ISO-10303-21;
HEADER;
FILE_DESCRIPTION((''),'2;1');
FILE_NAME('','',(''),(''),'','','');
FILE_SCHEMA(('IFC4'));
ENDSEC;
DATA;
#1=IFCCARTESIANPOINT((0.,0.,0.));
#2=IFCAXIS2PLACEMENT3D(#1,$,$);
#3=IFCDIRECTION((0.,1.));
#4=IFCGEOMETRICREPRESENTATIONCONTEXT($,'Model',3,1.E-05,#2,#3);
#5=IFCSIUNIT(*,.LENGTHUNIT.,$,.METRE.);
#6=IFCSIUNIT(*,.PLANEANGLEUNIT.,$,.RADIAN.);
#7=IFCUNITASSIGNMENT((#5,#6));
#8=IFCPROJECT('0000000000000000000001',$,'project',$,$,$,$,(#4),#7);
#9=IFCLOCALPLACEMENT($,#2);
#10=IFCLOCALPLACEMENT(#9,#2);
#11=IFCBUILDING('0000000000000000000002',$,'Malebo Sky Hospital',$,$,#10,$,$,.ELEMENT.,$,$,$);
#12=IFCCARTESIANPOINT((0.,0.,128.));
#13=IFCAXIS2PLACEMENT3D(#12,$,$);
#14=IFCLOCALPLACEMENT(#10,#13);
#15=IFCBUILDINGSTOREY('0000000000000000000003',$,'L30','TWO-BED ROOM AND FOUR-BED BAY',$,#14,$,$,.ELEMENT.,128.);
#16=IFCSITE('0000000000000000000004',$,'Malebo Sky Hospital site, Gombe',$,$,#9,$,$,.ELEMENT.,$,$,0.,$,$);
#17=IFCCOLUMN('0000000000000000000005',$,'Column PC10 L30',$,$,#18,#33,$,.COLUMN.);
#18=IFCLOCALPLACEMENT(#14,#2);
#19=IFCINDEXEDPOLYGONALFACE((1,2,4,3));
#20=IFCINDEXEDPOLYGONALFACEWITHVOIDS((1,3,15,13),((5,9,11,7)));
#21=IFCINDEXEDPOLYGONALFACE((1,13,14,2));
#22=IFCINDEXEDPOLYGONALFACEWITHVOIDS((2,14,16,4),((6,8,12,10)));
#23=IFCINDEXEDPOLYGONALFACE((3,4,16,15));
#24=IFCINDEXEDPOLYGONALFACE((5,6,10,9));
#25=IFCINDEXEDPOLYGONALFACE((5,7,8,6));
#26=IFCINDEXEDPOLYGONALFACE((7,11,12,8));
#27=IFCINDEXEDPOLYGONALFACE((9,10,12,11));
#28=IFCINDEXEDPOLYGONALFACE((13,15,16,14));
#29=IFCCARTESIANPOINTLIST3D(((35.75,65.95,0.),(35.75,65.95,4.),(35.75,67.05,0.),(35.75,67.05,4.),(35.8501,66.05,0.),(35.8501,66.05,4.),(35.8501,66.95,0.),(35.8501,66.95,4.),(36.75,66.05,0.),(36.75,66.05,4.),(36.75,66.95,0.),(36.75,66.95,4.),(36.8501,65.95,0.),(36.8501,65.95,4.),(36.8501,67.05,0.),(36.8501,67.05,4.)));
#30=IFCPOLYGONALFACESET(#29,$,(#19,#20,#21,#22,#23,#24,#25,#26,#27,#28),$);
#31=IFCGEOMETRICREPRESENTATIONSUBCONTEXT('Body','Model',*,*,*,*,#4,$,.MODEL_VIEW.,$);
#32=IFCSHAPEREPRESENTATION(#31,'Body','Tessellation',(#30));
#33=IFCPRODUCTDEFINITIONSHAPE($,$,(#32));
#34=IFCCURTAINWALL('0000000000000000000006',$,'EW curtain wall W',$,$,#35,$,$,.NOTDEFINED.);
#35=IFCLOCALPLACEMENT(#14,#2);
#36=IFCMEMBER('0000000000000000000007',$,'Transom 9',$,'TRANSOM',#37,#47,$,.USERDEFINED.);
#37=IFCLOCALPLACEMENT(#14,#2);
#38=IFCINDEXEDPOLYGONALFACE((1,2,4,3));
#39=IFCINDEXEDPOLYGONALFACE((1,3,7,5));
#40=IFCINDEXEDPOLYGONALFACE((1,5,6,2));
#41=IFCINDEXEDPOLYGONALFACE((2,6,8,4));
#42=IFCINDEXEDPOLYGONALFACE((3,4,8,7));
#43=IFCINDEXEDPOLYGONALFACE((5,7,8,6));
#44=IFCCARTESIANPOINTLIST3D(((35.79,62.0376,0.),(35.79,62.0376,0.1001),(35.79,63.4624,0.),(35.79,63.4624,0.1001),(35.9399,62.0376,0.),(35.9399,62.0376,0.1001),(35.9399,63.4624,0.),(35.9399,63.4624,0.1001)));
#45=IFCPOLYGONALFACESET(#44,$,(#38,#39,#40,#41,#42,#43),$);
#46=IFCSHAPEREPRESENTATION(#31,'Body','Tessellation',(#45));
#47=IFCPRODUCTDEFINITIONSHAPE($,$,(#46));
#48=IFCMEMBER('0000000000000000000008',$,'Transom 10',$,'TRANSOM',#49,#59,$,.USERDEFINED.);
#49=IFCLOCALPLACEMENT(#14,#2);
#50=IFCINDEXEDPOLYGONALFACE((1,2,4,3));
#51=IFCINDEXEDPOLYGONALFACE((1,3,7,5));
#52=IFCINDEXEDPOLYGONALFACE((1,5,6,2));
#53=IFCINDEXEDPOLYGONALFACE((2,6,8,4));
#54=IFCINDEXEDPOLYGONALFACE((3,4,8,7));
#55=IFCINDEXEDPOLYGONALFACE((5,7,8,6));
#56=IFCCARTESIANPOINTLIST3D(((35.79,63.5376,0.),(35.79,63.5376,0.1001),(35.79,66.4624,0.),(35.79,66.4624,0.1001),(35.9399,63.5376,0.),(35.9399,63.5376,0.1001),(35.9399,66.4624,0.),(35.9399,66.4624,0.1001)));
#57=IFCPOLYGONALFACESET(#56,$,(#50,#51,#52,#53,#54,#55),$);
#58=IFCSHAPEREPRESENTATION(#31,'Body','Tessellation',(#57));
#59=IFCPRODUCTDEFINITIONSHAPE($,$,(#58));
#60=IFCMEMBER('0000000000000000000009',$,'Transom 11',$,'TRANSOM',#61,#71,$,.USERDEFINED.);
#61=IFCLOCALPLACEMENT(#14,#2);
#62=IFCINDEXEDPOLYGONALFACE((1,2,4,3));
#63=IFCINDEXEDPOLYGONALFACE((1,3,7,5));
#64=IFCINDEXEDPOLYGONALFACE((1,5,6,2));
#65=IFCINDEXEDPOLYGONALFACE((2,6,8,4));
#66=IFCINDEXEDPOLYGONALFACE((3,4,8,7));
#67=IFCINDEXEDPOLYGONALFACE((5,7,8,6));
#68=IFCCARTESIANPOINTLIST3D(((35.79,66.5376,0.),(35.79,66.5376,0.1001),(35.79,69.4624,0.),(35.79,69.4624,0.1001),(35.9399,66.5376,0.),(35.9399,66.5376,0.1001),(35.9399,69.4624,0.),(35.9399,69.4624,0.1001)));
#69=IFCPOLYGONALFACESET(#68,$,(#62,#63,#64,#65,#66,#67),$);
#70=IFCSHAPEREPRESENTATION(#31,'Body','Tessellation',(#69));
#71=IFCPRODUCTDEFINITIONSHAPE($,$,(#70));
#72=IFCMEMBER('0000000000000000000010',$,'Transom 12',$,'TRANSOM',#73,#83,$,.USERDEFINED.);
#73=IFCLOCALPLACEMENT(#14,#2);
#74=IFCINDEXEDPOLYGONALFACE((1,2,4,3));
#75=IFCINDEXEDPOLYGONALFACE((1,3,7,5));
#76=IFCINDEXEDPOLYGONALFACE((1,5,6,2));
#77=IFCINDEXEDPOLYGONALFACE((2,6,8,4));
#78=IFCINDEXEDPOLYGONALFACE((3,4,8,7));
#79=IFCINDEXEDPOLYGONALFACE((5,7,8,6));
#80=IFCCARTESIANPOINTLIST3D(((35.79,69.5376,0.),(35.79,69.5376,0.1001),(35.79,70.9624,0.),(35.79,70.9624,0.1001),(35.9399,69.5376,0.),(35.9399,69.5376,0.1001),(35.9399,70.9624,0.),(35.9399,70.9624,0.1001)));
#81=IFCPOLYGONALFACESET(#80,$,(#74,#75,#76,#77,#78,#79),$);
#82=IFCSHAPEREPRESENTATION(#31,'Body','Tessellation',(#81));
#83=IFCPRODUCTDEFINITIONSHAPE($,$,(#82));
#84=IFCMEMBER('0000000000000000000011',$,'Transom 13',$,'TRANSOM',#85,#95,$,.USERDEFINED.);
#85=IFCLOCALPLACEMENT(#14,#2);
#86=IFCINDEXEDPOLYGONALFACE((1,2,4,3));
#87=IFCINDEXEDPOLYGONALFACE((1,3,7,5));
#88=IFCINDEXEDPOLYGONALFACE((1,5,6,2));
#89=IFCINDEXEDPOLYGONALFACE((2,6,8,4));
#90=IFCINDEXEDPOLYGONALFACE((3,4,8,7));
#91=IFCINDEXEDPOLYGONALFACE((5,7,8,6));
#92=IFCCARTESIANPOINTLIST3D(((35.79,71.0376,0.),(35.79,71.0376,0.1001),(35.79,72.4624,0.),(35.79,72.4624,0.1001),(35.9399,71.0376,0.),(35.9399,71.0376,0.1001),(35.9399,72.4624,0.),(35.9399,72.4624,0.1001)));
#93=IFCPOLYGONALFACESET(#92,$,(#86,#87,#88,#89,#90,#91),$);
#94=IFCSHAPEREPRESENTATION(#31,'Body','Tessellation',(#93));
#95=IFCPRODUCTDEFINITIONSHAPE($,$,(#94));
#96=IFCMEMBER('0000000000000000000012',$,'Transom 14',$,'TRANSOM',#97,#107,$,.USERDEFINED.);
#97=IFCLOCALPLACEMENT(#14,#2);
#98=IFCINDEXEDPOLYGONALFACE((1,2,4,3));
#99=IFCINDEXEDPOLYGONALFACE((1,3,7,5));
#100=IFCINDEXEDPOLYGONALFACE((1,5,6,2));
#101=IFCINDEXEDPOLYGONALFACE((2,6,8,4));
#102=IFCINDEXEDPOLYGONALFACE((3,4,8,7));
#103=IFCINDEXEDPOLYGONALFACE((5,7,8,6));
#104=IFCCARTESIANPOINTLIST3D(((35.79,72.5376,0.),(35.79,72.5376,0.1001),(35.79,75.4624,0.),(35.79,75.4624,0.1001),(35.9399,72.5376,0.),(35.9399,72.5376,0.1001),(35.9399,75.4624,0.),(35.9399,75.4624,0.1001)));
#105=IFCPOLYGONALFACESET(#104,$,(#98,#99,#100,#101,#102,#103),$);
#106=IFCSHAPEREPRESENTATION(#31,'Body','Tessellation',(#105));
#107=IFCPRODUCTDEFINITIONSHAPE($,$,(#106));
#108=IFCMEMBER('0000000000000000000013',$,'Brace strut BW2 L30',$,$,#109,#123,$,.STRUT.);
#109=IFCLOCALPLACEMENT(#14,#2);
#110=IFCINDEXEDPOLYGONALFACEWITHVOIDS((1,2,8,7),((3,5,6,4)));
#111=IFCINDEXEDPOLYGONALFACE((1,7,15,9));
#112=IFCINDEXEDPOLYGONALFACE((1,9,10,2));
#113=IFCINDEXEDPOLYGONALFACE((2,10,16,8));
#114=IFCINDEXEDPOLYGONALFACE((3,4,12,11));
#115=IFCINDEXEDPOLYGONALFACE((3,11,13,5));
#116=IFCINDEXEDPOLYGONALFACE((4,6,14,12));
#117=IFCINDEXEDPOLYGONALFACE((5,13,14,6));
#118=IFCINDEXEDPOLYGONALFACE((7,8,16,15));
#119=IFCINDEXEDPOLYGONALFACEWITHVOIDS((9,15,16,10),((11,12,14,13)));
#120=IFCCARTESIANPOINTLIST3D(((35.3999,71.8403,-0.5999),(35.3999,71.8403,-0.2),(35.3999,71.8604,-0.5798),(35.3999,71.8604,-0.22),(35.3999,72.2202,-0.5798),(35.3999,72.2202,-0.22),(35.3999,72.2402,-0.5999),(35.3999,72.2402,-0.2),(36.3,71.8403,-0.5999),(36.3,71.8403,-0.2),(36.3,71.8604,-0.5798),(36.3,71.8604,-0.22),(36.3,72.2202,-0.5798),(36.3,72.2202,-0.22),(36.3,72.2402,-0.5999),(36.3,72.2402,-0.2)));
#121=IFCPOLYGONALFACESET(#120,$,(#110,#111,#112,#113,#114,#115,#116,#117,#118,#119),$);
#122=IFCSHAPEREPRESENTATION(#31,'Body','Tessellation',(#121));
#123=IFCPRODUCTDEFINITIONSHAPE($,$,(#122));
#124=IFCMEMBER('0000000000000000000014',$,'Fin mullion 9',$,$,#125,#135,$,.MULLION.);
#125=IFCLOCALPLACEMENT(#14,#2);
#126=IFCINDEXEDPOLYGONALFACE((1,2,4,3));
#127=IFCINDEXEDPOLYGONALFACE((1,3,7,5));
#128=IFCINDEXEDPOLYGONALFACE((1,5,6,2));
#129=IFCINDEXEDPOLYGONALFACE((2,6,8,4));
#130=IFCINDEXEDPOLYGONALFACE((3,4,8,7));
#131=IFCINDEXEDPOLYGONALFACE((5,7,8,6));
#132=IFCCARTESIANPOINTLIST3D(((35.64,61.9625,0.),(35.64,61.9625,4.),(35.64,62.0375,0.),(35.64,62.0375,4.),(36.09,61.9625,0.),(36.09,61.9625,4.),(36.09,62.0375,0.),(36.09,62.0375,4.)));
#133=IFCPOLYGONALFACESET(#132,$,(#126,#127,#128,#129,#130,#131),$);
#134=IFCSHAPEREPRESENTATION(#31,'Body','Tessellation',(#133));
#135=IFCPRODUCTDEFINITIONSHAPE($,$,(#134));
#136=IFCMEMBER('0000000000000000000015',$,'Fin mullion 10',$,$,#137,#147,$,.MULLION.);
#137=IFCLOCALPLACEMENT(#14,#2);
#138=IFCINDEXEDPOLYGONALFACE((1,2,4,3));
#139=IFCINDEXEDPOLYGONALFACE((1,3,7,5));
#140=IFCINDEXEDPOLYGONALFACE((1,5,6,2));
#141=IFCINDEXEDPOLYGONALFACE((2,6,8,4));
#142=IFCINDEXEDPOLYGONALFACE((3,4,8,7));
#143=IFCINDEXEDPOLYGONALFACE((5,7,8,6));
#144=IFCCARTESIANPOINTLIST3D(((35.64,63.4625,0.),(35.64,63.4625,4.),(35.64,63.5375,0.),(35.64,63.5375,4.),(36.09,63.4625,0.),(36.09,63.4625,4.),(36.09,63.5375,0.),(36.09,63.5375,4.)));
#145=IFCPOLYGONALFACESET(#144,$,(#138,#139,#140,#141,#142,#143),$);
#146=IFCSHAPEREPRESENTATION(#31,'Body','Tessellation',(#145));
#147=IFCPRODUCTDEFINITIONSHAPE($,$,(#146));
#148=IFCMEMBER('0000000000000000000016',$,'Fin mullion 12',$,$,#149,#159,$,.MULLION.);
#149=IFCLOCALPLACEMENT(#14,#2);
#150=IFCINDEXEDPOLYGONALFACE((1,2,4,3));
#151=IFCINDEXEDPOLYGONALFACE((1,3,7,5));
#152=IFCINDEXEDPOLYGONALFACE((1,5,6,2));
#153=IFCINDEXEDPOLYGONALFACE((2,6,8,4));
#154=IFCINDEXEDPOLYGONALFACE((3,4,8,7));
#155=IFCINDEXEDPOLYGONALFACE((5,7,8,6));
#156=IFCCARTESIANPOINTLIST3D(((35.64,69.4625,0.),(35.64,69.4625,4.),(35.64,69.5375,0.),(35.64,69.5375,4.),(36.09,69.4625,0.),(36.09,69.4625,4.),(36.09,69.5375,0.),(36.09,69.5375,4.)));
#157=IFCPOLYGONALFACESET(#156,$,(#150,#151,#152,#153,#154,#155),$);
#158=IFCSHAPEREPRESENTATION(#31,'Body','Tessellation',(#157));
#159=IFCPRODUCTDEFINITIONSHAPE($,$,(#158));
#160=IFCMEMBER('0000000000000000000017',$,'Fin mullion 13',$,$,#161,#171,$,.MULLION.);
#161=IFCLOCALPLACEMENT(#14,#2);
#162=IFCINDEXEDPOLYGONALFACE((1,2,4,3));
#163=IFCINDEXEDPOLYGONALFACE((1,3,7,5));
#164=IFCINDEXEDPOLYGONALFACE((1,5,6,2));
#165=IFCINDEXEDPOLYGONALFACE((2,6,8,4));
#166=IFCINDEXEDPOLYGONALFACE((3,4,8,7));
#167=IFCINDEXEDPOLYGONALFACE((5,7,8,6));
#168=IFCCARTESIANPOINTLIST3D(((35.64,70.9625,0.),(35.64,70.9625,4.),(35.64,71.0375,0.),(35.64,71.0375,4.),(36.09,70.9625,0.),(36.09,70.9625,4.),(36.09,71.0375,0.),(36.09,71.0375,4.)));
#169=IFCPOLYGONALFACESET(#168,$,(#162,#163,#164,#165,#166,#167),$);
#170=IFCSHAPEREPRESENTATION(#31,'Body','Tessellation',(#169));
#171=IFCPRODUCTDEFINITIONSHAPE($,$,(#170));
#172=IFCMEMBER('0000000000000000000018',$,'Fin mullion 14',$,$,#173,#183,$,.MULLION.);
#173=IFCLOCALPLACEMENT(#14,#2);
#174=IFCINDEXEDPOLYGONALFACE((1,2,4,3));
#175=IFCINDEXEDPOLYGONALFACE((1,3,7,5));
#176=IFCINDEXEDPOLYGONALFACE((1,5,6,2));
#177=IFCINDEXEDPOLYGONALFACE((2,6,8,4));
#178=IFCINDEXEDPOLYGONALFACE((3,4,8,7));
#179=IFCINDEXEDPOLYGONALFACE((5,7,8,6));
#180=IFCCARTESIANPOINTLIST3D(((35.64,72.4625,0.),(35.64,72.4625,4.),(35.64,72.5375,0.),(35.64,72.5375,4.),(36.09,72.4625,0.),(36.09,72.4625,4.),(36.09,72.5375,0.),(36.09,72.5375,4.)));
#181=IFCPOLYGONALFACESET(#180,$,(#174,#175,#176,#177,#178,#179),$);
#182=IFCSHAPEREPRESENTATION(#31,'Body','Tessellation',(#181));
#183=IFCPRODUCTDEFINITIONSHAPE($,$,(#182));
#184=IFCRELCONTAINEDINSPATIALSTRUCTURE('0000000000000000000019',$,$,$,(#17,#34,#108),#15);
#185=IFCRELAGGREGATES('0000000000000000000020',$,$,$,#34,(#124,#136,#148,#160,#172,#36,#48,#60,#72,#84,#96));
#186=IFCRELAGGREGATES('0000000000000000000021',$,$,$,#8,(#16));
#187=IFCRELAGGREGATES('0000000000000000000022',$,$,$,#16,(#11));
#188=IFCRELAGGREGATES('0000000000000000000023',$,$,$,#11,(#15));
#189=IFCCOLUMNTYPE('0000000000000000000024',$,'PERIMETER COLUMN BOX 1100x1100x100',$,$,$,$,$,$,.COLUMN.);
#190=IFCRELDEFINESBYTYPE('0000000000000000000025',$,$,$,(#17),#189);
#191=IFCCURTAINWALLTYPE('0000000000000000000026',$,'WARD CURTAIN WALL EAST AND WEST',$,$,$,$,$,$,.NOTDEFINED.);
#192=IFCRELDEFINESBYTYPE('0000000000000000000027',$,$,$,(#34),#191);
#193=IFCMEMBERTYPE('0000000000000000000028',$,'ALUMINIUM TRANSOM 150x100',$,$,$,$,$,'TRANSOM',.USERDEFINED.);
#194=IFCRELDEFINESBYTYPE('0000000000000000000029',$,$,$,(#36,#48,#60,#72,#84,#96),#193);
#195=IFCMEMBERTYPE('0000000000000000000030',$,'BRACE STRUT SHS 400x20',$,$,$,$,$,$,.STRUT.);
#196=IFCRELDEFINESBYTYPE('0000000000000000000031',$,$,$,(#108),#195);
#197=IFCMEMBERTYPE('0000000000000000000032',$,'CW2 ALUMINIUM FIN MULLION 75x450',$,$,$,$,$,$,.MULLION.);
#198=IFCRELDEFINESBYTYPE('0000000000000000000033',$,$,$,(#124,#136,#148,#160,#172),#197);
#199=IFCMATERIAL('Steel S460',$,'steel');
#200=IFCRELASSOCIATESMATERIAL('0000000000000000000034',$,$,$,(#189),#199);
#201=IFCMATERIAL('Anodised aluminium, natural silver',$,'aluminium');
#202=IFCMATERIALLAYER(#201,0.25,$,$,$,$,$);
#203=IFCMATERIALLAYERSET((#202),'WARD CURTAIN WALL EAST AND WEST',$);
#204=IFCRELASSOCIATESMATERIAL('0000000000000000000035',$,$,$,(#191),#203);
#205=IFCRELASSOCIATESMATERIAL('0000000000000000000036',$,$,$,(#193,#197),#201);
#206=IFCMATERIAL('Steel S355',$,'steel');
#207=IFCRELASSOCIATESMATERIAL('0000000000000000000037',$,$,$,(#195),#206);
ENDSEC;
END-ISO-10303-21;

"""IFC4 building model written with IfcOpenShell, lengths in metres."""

from ifc_helpers import new_model, si_unit, direction, frame, origin, origin_2d, place, context, subcontext, project, spatial, rectangle, hollow_rectangle, extrude, material, layer, layer_set, material_profile, profile_set, type_object, element, aggregate, save


model = new_model("IFC4")

# Units and contexts
model_context = context("Model", 3, precision=1e-05, world=origin(), true_north=direction((0.0, 1.0)))
body_context = subcontext(model_context, "Body", "Model", "MODEL_VIEW")
ifc_project = project(units=[si_unit("LENGTHUNIT", "METRE"), si_unit("PLANEANGLEUNIT", "RADIAN")], contexts=[model_context])

# Site, building, storey
site_placement = place(None, origin())
site = spatial("IfcSite", under=ifc_project, at=site_placement, Name="Malebo Sky Hospital site, Gombe", CompositionType="ELEMENT", RefElevation=0.0)
building_placement = place(site_placement, origin())
building = spatial("IfcBuilding", under=site, at=building_placement, Name="Malebo Sky Hospital", CompositionType="ELEMENT")
storey_placement = place(building_placement, frame((0.0, 0.0, 128.0)))
storey = spatial("IfcBuildingStorey", under=building, at=storey_placement, Name="L30", Description="TWO-BED ROOM AND FOUR-BED BAY", CompositionType="ELEMENT", Elevation=128.0)

# Column
ifc_material_1 = material(Name="Steel S460", Category="steel")
ifc_material_profile_1 = material_profile(ifc_material_1, hollow_rectangle(XDim=1.1001, YDim=1.1001, WallThickness=0.1001, at=origin_2d()), Name="BOX 1100x1100x100")
ifc_profile_set_1 = profile_set([ifc_material_profile_1], Name="Steel S460")
column_type = type_object("IfcColumnType", Name="PERIMETER COLUMN BOX 1100x1100x100", PredefinedType="COLUMN", material=ifc_profile_set_1)
column_placement = place(storey_placement, frame((36.3, 66.5, 0.0), z_axis=(0.0, 0.0, 1.0), x_axis=(1.0, 0.0, 0.0)))
element("IfcColumn", 1, at=column_placement, inside=storey, type_object=column_type, Name="Column PC10 L30", PredefinedType="COLUMN", context=body_context, shape_type="SweptSolid", body=[
    extrude(hollow_rectangle(XDim=1.1001, YDim=1.1001, WallThickness=0.1001, at=origin_2d()), origin(), (0.0, 0.0, 1.0), 4.0),
])

# Curtain wall, members
ifc_material_2 = material(Name="Anodised aluminium, natural silver", Category="aluminium")
ifc_layer_1 = layer(ifc_material_2, 0.25)
ifc_layer_set_1 = layer_set([ifc_layer_1], Name="WARD CURTAIN WALL EAST AND WEST")
curtain_wall_type = type_object("IfcCurtainWallType", Name="WARD CURTAIN WALL EAST AND WEST", PredefinedType="NOTDEFINED", material=ifc_layer_set_1)
curtain_wall_placement = place(storey_placement, origin())
curtain_wall = element("IfcCurtainWall", 2, at=curtain_wall_placement, inside=storey, type_object=curtain_wall_type, Name="EW curtain wall W", PredefinedType="NOTDEFINED")
ifc_material_profile_2 = material_profile(ifc_material_2, rectangle(XDim=0.1499, YDim=0.1001, at=origin_2d()), Name="ALUMINIUM TRANSOM 150x100")
ifc_profile_set_2 = profile_set([ifc_material_profile_2], Name="Anodised aluminium, natural silver")
member_type_1 = type_object("IfcMemberType", Name="ALUMINIUM TRANSOM 150x100", ElementType="TRANSOM", PredefinedType="USERDEFINED", material=ifc_profile_set_2)
member_1_placement = place(storey_placement, frame((35.865, 62.0376, 0.05), z_axis=(0.0, 1.0, 0.0), x_axis=(-1.0, 0.0, 0.0)))
member_1 = element("IfcMember", 3, at=member_1_placement, type_object=member_type_1, Name="Transom 9", ObjectType="TRANSOM", PredefinedType="USERDEFINED", context=body_context, shape_type="SweptSolid", body=[
    extrude(rectangle(XDim=0.1499, YDim=0.1001, at=origin_2d()), origin(), (0.0, 0.0, 1.0), 1.4248),
])
member_2_placement = place(storey_placement, frame((35.865, 63.5376, 0.05), z_axis=(0.0, 1.0, 0.0), x_axis=(-1.0, 0.0, 0.0)))
member_2 = element("IfcMember", 4, at=member_2_placement, type_object=member_type_1, Name="Transom 10", ObjectType="TRANSOM", PredefinedType="USERDEFINED", context=body_context, shape_type="SweptSolid", body=[
    extrude(rectangle(XDim=0.1499, YDim=0.1001, at=origin_2d()), origin(), (0.0, 0.0, 1.0), 2.9248),
])
member_3_placement = place(storey_placement, frame((35.865, 66.5376, 0.05), z_axis=(0.0, 1.0, 0.0), x_axis=(-1.0, 0.0, 0.0)))
member_3 = element("IfcMember", 5, at=member_3_placement, type_object=member_type_1, Name="Transom 11", ObjectType="TRANSOM", PredefinedType="USERDEFINED", context=body_context, shape_type="SweptSolid", body=[
    extrude(rectangle(XDim=0.1499, YDim=0.1001, at=origin_2d()), origin(), (0.0, 0.0, 1.0), 2.9248),
])
member_4_placement = place(storey_placement, frame((35.865, 69.5376, 0.05), z_axis=(0.0, 1.0, 0.0), x_axis=(-1.0, 0.0, 0.0)))
member_4 = element("IfcMember", 6, at=member_4_placement, type_object=member_type_1, Name="Transom 12", ObjectType="TRANSOM", PredefinedType="USERDEFINED", context=body_context, shape_type="SweptSolid", body=[
    extrude(rectangle(XDim=0.1499, YDim=0.1001, at=origin_2d()), origin(), (0.0, 0.0, 1.0), 1.4248),
])
member_5_placement = place(storey_placement, frame((35.865, 71.0376, 0.05), z_axis=(0.0, 1.0, 0.0), x_axis=(-1.0, 0.0, 0.0)))
member_5 = element("IfcMember", 7, at=member_5_placement, type_object=member_type_1, Name="Transom 13", ObjectType="TRANSOM", PredefinedType="USERDEFINED", context=body_context, shape_type="SweptSolid", body=[
    extrude(rectangle(XDim=0.1499, YDim=0.1001, at=origin_2d()), origin(), (0.0, 0.0, 1.0), 1.4248),
])
member_6_placement = place(storey_placement, frame((35.865, 72.5376, 0.05), z_axis=(0.0, 1.0, 0.0), x_axis=(-1.0, 0.0, 0.0)))
member_6 = element("IfcMember", 8, at=member_6_placement, type_object=member_type_1, Name="Transom 14", ObjectType="TRANSOM", PredefinedType="USERDEFINED", context=body_context, shape_type="SweptSolid", body=[
    extrude(rectangle(XDim=0.1499, YDim=0.1001, at=origin_2d()), origin(), (0.0, 0.0, 1.0), 2.9248),
])

# Members
ifc_material_3 = material(Name="Steel S355", Category="steel")
ifc_material_profile_3 = material_profile(ifc_material_3, hollow_rectangle(XDim=0.3999, YDim=0.3999, WallThickness=0.02, at=origin_2d()), Name="SHS 400x20")
ifc_profile_set_3 = profile_set([ifc_material_profile_3], Name="Steel S355")
member_type_2 = type_object("IfcMemberType", Name="BRACE STRUT SHS 400x20", PredefinedType="STRUT", material=ifc_profile_set_3)
member_7_placement = place(storey_placement, frame((35.3999, 72.0403, -0.3999), z_axis=(1.0, 0.0, 0.0), x_axis=(0.0, 1.0, 0.0)))
element("IfcMember", 9, at=member_7_placement, inside=storey, type_object=member_type_2, Name="Brace strut BW2 L30", PredefinedType="STRUT", context=body_context, shape_type="SweptSolid", body=[
    extrude(hollow_rectangle(XDim=0.3999, YDim=0.3999, WallThickness=0.02, at=origin_2d()), origin(), (0.0, 0.0, 1.0), 0.9001),
])
ifc_material_profile_4 = material_profile(ifc_material_2, rectangle(XDim=0.075, YDim=0.45, at=origin_2d()), Name="CW2 ALUMINIUM FIN MULLION 75x450")
ifc_profile_set_4 = profile_set([ifc_material_profile_4], Name="Anodised aluminium, natural silver")
member_type_3 = type_object("IfcMemberType", Name="CW2 ALUMINIUM FIN MULLION 75x450", PredefinedType="MULLION", material=ifc_profile_set_4)
member_8_placement = place(storey_placement, frame((35.865, 62.0, 0.0), z_axis=(0.0, 0.0, 1.0), x_axis=(0.0, 1.0, 0.0)))
member_8 = element("IfcMember", 10, at=member_8_placement, type_object=member_type_3, Name="Fin mullion 9", PredefinedType="MULLION", context=body_context, shape_type="SweptSolid", body=[
    extrude(rectangle(XDim=0.075, YDim=0.45, at=origin_2d()), origin(), (0.0, 0.0, 1.0), 4.0),
])
member_9_placement = place(storey_placement, frame((35.865, 63.5, 0.0), z_axis=(0.0, 0.0, 1.0), x_axis=(0.0, 1.0, 0.0)))
member_9 = element("IfcMember", 11, at=member_9_placement, type_object=member_type_3, Name="Fin mullion 10", PredefinedType="MULLION", context=body_context, shape_type="SweptSolid", body=[
    extrude(rectangle(XDim=0.075, YDim=0.45, at=origin_2d()), origin(), (0.0, 0.0, 1.0), 4.0),
])
member_10_placement = place(storey_placement, frame((35.865, 69.5, 0.0), z_axis=(0.0, 0.0, 1.0), x_axis=(0.0, 1.0, 0.0)))
member_10 = element("IfcMember", 12, at=member_10_placement, type_object=member_type_3, Name="Fin mullion 12", PredefinedType="MULLION", context=body_context, shape_type="SweptSolid", body=[
    extrude(rectangle(XDim=0.075, YDim=0.45, at=origin_2d()), origin(), (0.0, 0.0, 1.0), 4.0),
])
member_11_placement = place(storey_placement, frame((35.865, 71.0, 0.0), z_axis=(0.0, 0.0, 1.0), x_axis=(0.0, 1.0, 0.0)))
member_11 = element("IfcMember", 13, at=member_11_placement, type_object=member_type_3, Name="Fin mullion 13", PredefinedType="MULLION", context=body_context, shape_type="SweptSolid", body=[
    extrude(rectangle(XDim=0.075, YDim=0.45, at=origin_2d()), origin(), (0.0, 0.0, 1.0), 4.0),
])
member_12_placement = place(storey_placement, frame((35.865, 72.5, 0.0), z_axis=(0.0, 0.0, 1.0), x_axis=(0.0, 1.0, 0.0)))
member_12 = element("IfcMember", 14, at=member_12_placement, type_object=member_type_3, Name="Fin mullion 14", PredefinedType="MULLION", context=body_context, shape_type="SweptSolid", body=[
    extrude(rectangle(XDim=0.075, YDim=0.45, at=origin_2d()), origin(), (0.0, 0.0, 1.0), 4.0),
])

aggregate(curtain_wall, [member_8, member_9, member_10, member_11, member_12, member_1, member_2, member_3, member_4, member_5, member_6])

save(model, "model.ifc")
